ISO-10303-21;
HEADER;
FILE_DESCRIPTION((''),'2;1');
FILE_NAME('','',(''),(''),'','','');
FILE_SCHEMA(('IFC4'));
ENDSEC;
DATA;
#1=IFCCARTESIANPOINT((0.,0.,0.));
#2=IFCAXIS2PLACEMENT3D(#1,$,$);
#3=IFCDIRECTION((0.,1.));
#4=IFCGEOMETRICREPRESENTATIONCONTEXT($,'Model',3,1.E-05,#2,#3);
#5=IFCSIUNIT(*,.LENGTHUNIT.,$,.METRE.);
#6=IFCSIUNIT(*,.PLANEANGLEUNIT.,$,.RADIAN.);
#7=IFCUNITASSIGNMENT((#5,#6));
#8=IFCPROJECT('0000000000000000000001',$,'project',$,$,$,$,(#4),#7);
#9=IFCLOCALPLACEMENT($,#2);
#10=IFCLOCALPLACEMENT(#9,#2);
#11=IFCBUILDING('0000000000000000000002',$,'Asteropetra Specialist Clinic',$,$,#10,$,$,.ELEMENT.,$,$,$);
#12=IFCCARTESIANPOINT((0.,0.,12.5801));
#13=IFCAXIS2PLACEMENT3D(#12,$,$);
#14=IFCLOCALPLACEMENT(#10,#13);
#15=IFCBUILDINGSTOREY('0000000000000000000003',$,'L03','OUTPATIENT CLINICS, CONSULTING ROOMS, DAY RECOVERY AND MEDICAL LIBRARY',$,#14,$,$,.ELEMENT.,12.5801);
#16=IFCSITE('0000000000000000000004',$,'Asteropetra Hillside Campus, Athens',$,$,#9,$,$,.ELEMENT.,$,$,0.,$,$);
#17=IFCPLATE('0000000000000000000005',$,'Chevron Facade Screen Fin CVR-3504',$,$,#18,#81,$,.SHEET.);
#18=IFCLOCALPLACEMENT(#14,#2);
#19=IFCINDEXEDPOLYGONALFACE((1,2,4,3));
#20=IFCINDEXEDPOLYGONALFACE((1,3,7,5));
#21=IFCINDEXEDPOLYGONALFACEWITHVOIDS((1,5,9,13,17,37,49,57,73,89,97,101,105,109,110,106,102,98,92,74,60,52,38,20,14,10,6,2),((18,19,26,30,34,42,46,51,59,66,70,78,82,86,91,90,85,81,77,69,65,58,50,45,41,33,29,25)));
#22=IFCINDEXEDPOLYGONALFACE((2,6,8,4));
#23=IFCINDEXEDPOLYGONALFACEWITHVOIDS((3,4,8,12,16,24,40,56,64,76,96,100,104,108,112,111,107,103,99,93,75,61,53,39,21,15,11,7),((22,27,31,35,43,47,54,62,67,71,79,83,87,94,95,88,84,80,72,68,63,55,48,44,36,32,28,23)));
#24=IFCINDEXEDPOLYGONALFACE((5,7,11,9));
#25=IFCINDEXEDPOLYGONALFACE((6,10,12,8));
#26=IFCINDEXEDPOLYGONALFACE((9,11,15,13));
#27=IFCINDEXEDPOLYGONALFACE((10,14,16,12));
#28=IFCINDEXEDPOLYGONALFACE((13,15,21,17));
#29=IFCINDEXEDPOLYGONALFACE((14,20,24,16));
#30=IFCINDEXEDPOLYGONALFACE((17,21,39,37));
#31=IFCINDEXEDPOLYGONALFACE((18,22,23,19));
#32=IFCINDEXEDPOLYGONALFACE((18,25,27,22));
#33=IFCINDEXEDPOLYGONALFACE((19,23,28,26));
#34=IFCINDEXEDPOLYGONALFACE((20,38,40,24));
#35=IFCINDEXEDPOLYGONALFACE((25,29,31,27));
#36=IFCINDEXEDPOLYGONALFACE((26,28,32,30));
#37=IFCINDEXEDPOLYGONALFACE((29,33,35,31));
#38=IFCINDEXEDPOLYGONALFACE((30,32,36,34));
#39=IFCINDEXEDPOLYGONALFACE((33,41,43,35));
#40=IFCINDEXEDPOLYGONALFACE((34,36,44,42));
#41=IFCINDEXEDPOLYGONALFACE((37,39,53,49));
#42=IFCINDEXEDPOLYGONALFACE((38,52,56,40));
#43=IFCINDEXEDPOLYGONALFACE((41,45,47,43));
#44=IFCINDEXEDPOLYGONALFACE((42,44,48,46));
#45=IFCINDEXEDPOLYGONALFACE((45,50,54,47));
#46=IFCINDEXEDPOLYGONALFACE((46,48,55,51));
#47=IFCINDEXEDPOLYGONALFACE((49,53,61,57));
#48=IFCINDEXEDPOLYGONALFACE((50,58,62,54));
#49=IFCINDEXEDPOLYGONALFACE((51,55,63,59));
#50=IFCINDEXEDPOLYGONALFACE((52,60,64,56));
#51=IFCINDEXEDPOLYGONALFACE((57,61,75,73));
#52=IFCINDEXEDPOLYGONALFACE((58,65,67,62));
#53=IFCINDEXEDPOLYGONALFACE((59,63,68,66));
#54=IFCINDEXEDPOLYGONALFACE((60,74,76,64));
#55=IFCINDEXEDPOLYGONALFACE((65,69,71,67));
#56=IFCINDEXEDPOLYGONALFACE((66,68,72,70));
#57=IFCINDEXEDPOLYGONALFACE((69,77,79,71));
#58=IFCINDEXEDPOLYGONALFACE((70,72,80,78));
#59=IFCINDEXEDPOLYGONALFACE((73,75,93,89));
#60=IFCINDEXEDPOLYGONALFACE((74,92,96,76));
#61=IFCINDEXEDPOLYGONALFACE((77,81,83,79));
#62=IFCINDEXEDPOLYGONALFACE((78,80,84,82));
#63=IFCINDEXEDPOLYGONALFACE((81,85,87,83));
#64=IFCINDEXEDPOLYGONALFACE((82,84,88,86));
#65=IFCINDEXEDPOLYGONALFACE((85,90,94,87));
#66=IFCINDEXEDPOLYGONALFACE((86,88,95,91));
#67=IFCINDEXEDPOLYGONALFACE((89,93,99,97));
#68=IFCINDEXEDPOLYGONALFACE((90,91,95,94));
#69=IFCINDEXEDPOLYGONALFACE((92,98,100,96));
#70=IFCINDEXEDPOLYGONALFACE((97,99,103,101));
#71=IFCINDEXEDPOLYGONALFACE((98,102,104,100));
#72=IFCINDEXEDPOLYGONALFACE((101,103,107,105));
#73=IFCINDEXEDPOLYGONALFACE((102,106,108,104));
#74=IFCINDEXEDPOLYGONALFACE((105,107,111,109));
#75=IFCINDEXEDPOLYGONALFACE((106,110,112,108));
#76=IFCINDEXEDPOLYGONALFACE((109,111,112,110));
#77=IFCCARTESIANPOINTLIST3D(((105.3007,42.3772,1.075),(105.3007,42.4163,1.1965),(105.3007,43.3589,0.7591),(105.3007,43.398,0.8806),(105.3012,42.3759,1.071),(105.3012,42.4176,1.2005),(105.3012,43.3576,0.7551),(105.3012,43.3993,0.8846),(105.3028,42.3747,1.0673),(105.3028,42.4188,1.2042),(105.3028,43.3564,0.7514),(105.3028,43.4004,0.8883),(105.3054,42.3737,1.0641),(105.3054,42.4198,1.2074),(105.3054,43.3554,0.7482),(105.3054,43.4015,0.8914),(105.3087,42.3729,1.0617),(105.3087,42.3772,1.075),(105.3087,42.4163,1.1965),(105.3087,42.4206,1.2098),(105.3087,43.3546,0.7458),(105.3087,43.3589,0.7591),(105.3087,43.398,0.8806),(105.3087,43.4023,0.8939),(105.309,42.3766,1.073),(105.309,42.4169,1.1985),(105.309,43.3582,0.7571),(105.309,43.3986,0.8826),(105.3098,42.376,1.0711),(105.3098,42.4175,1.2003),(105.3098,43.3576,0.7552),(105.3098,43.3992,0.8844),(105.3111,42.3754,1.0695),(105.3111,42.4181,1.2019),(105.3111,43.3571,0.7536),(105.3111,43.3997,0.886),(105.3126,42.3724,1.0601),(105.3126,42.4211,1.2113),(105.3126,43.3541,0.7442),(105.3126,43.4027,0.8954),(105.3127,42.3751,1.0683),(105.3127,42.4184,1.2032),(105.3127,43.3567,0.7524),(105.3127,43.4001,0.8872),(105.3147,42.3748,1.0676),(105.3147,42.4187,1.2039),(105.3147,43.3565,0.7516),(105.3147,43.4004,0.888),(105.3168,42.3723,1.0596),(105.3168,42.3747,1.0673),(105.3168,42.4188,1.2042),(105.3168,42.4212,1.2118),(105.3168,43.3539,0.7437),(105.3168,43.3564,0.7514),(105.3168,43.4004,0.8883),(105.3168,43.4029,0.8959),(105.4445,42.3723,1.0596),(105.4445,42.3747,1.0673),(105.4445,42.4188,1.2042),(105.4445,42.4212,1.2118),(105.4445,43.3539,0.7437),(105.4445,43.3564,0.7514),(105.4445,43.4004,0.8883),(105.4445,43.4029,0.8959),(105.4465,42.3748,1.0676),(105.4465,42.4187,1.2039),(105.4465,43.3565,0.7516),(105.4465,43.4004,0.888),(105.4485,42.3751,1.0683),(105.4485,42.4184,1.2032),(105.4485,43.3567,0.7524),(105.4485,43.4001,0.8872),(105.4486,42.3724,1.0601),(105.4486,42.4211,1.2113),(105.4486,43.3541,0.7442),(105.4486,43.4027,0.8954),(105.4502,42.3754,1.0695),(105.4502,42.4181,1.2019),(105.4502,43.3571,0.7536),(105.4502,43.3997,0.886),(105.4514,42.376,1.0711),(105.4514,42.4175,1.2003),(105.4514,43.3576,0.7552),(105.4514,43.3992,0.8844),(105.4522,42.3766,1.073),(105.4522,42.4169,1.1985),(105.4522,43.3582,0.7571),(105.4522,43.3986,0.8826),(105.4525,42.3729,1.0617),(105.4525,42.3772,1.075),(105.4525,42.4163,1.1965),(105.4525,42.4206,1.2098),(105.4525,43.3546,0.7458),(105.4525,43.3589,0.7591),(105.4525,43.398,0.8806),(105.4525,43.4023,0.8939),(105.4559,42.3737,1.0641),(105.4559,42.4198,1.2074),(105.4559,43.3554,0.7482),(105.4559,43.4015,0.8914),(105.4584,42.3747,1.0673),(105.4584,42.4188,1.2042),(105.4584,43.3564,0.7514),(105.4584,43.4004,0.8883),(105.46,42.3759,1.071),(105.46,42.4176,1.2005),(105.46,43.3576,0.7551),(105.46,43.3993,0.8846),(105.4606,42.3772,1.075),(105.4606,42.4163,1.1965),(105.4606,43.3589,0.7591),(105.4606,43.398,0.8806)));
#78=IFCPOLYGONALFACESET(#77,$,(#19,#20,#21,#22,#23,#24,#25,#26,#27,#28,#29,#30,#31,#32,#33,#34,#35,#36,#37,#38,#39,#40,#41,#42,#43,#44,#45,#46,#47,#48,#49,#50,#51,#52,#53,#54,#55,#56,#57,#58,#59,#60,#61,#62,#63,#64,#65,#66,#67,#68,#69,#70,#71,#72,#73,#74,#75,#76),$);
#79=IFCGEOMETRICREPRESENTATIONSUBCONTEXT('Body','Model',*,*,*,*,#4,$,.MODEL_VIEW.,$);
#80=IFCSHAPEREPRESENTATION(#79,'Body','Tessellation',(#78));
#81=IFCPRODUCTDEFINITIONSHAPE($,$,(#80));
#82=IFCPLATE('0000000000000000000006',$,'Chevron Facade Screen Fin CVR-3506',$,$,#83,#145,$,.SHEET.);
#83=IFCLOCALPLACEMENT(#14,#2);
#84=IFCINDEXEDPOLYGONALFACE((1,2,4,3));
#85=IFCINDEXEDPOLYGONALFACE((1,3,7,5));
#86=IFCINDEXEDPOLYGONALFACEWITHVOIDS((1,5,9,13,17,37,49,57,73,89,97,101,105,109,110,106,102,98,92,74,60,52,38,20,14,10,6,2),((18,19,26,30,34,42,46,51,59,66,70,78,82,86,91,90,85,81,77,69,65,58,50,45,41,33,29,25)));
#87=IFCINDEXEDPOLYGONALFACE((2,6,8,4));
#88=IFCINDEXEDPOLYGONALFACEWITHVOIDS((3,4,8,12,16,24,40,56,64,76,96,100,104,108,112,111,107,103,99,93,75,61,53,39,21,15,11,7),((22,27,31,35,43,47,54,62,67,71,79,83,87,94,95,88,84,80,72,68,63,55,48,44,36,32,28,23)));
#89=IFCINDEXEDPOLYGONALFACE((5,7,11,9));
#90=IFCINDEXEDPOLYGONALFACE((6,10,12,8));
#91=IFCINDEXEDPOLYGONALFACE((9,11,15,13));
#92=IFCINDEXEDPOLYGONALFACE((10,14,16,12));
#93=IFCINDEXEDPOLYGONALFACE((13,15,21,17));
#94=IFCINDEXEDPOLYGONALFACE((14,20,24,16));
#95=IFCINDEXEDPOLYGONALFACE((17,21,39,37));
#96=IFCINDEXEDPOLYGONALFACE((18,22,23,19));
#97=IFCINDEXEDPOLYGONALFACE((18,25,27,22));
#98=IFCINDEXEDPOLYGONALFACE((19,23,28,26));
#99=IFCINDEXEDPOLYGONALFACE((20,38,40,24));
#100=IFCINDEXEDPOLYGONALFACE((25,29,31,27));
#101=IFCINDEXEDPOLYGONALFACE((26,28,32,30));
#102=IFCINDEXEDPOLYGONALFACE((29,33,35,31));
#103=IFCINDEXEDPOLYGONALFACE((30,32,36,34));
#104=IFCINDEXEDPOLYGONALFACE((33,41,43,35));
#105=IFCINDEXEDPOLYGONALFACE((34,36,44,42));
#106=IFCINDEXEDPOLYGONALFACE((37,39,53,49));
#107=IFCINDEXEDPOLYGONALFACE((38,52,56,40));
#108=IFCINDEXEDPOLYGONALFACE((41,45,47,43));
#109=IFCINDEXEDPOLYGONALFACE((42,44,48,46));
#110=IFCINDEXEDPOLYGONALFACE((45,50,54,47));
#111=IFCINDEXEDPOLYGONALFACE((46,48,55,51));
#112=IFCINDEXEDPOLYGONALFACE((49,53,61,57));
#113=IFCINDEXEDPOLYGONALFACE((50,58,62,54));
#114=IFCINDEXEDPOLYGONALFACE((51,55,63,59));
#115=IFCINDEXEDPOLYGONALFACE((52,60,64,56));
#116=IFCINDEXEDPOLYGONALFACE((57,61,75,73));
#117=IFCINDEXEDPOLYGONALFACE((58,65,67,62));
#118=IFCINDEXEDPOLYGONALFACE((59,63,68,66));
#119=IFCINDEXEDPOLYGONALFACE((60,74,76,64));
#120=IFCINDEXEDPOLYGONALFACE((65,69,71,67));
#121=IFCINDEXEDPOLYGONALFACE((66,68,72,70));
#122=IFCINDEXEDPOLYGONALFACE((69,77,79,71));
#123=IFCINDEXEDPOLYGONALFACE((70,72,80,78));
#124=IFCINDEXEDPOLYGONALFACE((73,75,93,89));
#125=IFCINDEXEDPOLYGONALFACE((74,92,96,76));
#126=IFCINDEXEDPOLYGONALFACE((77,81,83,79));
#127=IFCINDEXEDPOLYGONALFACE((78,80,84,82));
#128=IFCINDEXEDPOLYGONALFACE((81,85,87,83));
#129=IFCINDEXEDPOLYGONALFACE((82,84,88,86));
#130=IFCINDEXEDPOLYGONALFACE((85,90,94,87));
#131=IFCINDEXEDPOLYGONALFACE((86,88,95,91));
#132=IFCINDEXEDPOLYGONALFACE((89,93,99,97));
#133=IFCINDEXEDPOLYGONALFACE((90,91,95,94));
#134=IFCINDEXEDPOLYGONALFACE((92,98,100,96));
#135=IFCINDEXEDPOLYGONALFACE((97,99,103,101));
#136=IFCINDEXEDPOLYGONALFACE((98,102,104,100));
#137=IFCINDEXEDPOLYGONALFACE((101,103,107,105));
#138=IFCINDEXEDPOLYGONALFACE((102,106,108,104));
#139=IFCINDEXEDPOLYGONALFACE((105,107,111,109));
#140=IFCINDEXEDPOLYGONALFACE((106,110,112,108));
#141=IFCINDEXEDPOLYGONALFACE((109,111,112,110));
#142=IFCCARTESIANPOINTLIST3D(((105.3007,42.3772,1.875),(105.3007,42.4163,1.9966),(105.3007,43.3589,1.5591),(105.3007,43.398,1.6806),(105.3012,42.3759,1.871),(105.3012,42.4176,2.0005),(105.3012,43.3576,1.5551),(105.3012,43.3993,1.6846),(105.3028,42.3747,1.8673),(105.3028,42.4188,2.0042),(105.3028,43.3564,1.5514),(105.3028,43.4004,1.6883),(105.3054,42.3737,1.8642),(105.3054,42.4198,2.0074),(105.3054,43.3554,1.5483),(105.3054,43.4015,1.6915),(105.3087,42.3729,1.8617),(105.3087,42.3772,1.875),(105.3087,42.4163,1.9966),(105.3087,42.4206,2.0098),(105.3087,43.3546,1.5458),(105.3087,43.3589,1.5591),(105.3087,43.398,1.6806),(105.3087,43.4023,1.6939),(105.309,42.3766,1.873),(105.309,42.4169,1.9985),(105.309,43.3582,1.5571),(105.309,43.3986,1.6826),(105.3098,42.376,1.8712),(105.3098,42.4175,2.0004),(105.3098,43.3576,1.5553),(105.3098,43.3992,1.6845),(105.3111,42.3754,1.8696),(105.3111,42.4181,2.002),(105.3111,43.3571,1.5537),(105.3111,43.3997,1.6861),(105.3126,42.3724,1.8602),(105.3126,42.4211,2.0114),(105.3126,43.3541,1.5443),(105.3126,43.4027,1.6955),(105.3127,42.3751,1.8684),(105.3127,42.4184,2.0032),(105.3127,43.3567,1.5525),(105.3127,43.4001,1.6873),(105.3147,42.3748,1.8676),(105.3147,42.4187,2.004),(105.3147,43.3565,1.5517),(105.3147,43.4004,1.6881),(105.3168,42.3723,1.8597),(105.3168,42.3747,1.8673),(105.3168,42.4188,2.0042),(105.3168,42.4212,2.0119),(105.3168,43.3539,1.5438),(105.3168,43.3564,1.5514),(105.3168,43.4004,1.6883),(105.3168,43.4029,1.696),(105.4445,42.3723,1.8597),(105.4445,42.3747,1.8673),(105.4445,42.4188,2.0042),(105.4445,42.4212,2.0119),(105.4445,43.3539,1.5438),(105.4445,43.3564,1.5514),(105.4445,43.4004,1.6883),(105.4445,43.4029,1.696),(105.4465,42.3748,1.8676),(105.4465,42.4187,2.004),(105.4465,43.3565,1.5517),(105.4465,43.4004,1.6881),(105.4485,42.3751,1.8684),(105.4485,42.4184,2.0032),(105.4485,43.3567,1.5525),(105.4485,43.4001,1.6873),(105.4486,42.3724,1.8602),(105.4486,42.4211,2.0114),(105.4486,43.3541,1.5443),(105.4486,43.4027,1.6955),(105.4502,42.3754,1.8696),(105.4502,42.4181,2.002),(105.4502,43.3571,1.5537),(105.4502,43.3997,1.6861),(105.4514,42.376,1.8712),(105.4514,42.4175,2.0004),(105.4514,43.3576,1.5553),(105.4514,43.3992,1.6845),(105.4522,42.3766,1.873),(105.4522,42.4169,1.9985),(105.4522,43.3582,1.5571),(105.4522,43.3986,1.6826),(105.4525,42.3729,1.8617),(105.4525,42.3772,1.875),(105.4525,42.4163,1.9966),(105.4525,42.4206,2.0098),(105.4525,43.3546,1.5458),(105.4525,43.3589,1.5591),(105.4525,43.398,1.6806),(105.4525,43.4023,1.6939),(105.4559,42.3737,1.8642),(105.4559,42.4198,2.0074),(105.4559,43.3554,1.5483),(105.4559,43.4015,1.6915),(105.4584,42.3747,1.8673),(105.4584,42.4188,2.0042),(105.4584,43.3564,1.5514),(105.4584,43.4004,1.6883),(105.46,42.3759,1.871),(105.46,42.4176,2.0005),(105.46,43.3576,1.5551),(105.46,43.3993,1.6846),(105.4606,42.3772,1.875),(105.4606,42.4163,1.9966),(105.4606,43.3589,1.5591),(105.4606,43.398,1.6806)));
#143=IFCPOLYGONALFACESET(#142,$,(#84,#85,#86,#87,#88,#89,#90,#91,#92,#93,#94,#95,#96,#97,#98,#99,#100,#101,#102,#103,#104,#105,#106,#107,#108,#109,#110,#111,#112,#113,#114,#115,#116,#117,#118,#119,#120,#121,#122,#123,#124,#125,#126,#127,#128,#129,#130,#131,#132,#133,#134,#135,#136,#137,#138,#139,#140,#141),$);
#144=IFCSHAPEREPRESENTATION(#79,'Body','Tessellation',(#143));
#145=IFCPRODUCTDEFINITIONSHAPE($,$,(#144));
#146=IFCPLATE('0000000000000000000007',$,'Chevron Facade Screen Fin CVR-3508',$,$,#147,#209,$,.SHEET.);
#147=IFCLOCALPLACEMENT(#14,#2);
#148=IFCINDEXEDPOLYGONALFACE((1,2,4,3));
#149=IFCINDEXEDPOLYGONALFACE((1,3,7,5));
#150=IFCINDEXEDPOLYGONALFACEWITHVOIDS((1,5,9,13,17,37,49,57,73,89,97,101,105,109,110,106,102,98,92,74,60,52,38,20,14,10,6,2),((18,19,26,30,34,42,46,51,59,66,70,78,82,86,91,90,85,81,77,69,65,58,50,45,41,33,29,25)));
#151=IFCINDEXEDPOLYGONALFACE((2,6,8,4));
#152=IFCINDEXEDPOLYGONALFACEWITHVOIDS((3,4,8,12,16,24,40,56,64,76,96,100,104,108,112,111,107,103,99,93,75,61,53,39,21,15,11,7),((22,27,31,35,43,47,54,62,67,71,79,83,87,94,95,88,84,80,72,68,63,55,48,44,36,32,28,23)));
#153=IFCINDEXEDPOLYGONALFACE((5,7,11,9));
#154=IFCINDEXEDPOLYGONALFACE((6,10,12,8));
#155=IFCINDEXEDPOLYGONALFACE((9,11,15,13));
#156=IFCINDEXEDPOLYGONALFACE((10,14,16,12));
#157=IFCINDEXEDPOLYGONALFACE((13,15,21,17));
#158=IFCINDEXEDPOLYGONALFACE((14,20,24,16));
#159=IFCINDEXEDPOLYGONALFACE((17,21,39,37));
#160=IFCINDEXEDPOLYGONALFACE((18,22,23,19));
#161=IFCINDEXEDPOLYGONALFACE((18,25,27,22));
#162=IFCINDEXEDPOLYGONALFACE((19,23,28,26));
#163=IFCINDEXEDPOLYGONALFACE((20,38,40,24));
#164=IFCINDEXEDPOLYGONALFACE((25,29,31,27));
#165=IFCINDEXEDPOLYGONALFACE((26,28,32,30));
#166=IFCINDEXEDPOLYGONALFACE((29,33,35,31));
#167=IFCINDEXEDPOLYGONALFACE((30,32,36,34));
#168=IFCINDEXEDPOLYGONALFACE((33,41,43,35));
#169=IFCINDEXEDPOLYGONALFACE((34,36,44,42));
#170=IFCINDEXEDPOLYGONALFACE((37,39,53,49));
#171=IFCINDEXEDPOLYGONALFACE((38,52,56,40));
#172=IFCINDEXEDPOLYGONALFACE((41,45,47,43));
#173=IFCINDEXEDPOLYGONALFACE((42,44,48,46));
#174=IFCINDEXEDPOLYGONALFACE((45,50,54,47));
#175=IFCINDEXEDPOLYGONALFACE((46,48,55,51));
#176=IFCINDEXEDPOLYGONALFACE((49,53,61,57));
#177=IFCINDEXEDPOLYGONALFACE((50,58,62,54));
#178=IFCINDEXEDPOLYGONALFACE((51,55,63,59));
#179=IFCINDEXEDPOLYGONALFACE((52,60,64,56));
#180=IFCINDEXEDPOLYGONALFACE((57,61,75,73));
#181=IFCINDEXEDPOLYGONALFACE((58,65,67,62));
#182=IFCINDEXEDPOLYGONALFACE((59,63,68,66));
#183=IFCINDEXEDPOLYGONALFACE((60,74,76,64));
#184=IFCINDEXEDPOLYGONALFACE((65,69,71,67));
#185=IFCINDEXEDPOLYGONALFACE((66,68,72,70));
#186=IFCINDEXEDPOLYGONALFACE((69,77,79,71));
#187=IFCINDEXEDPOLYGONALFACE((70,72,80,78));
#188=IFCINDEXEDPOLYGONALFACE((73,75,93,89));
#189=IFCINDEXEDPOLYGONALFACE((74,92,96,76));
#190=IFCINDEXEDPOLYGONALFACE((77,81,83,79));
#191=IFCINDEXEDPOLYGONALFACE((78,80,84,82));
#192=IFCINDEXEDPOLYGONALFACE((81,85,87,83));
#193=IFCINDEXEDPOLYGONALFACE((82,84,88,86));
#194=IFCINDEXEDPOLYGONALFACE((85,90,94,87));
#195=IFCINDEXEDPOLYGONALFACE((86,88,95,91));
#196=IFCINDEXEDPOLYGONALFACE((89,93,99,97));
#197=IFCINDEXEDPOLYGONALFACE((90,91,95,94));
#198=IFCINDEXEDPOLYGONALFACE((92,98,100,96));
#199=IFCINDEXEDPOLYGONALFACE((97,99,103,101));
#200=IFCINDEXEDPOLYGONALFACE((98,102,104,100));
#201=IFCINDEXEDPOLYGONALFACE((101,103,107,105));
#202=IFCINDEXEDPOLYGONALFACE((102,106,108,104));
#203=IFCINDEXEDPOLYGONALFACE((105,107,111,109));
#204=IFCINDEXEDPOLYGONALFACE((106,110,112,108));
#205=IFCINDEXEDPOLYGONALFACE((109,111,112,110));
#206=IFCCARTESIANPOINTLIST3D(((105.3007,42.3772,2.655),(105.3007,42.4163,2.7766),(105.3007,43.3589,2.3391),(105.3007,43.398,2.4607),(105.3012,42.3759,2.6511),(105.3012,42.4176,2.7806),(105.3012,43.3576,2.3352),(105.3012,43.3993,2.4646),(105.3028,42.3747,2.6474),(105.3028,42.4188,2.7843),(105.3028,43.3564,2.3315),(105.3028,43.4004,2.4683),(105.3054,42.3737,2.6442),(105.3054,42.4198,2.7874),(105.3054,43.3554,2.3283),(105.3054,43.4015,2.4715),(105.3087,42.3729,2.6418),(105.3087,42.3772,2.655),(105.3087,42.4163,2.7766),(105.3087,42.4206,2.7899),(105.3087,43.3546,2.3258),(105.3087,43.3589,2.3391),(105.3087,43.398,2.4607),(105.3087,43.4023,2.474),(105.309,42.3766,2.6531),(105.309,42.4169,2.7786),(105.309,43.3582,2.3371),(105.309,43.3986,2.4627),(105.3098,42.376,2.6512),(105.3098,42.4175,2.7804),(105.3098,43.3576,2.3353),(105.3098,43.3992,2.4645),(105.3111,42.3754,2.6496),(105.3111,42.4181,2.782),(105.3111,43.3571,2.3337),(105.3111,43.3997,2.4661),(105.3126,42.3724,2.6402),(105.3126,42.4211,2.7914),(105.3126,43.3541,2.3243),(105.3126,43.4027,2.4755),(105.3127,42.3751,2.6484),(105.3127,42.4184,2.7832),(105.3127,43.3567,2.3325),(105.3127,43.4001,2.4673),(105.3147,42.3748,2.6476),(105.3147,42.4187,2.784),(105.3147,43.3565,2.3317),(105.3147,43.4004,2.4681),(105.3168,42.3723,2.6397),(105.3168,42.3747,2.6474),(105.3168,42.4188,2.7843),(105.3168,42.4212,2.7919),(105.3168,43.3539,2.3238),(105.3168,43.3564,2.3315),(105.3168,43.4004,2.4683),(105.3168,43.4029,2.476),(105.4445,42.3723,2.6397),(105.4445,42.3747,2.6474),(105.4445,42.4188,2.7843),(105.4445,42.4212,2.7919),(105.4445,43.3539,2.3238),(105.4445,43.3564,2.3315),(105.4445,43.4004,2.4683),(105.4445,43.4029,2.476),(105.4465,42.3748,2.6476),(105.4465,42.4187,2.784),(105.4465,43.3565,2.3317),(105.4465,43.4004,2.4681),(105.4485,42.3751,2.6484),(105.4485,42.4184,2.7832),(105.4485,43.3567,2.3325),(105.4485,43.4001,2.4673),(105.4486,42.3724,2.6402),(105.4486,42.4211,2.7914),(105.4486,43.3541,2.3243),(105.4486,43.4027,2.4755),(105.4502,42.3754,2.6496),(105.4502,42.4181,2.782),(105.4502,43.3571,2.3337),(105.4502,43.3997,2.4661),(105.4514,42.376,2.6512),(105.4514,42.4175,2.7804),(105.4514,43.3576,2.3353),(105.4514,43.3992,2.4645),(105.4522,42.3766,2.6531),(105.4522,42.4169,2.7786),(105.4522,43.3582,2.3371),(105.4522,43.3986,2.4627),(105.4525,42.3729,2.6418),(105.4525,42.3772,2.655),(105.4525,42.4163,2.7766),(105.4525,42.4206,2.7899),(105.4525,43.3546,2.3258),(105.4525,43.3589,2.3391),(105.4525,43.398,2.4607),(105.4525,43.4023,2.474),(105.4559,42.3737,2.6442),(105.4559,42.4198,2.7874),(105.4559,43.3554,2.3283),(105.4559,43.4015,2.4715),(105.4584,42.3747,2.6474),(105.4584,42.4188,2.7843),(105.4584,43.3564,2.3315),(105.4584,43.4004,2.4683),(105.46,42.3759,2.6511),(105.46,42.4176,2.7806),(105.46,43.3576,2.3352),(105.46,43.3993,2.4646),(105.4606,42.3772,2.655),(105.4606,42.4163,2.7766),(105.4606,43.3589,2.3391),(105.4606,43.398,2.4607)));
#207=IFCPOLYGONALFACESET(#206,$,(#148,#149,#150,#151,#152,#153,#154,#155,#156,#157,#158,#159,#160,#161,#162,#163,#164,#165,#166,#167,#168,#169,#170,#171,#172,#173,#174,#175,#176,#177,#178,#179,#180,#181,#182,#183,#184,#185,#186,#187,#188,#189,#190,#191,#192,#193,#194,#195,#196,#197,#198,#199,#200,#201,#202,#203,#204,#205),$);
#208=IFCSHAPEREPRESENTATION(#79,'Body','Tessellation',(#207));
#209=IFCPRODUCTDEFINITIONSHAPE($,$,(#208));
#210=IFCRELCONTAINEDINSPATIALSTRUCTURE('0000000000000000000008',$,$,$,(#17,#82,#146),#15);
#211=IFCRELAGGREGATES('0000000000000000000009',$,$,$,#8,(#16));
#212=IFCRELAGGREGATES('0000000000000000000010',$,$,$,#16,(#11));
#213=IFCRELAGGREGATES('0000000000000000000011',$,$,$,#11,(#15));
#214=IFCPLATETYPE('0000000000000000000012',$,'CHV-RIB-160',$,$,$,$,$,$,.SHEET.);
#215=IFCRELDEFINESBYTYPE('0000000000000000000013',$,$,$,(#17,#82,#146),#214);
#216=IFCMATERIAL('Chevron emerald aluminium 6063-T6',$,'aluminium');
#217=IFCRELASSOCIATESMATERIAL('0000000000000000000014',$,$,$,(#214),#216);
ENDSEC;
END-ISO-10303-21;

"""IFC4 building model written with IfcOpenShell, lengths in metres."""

from ifc_helpers import new_model, si_unit, direction, frame, origin, origin_2d, place, context, subcontext, project, spatial, hollow_rectangle, extrude, material, material_profile, profile_set, type_object, element, save


model = new_model("IFC4")

# Units and contexts
model_context = context("Model", 3, precision=1e-05, world=origin(), true_north=direction((0.0, 1.0)))
body_context = subcontext(model_context, "Body", "Model", "MODEL_VIEW")
ifc_project = project(units=[si_unit("LENGTHUNIT", "METRE"), si_unit("PLANEANGLEUNIT", "RADIAN")], contexts=[model_context])

# Site, building, storey
site_placement = place(None, origin())
site = spatial("IfcSite", under=ifc_project, at=site_placement, Name="Asteropetra Hillside Campus, Athens", CompositionType="ELEMENT", RefElevation=0.0)
building_placement = place(site_placement, origin())
building = spatial("IfcBuilding", under=site, at=building_placement, Name="Asteropetra Specialist Clinic", CompositionType="ELEMENT")
storey_placement = place(building_placement, frame((0.0, 0.0, 12.5801)))
storey = spatial("IfcBuildingStorey", under=building, at=storey_placement, Name="L03", Description="OUTPATIENT CLINICS, CONSULTING ROOMS, DAY RECOVERY AND MEDICAL LIBRARY", CompositionType="ELEMENT", Elevation=12.5801)

# Plates
ifc_material_1 = material(Name="Chevron emerald aluminium 6063-T6", Category="aluminium")
ifc_material_profile = material_profile(ifc_material_1, hollow_rectangle(XDim=0.1599, YDim=0.1599, WallThickness=0.0081, InnerFilletRadius=0.0081, OuterFilletRadius=0.0161, at=origin_2d()), Name="SHS 160x160x8.0")
ifc_profile_set = profile_set([ifc_material_profile], Name="Chevron emerald aluminium 6063-T6")
plate_type_1 = type_object("IfcPlateType", Name="CHV-RIB-160", PredefinedType="SHEET", material=ifc_profile_set)
for number, where, z_axis, x_axis, name in (
    (1, (105.3806, 43.3784, 0.8198), (0.0, -0.951923, 0.306339), (1.0, 0.0, 0.0), "Chevron Facade Screen Fin CVR-3504"),
    (2, (105.3806, 43.3784, 1.6199), (0.0, -0.951923, 0.306339), (1.0, 0.0, 0.0), "Chevron Facade Screen Fin CVR-3506"),
    (3, (105.3806, 43.3784, 2.3999), (0.0, -0.951923, 0.306339), (1.0, 0.0, 0.0), "Chevron Facade Screen Fin CVR-3508"),
):
    element("IfcPlate", number, at=place(storey_placement, frame(where, z_axis=z_axis, x_axis=x_axis)), inside=storey, type_object=plate_type_1, Name=name, PredefinedType="SHEET", context=body_context, shape_type="SweptSolid", body=[
        extrude(hollow_rectangle(XDim=0.1599, YDim=0.1599, WallThickness=0.0081, InnerFilletRadius=0.0081, OuterFilletRadius=0.0161, at=origin_2d()), origin(), (0.0, 0.0, 1.0), 1.0312),
    ])

save(model, "model.ifc")
